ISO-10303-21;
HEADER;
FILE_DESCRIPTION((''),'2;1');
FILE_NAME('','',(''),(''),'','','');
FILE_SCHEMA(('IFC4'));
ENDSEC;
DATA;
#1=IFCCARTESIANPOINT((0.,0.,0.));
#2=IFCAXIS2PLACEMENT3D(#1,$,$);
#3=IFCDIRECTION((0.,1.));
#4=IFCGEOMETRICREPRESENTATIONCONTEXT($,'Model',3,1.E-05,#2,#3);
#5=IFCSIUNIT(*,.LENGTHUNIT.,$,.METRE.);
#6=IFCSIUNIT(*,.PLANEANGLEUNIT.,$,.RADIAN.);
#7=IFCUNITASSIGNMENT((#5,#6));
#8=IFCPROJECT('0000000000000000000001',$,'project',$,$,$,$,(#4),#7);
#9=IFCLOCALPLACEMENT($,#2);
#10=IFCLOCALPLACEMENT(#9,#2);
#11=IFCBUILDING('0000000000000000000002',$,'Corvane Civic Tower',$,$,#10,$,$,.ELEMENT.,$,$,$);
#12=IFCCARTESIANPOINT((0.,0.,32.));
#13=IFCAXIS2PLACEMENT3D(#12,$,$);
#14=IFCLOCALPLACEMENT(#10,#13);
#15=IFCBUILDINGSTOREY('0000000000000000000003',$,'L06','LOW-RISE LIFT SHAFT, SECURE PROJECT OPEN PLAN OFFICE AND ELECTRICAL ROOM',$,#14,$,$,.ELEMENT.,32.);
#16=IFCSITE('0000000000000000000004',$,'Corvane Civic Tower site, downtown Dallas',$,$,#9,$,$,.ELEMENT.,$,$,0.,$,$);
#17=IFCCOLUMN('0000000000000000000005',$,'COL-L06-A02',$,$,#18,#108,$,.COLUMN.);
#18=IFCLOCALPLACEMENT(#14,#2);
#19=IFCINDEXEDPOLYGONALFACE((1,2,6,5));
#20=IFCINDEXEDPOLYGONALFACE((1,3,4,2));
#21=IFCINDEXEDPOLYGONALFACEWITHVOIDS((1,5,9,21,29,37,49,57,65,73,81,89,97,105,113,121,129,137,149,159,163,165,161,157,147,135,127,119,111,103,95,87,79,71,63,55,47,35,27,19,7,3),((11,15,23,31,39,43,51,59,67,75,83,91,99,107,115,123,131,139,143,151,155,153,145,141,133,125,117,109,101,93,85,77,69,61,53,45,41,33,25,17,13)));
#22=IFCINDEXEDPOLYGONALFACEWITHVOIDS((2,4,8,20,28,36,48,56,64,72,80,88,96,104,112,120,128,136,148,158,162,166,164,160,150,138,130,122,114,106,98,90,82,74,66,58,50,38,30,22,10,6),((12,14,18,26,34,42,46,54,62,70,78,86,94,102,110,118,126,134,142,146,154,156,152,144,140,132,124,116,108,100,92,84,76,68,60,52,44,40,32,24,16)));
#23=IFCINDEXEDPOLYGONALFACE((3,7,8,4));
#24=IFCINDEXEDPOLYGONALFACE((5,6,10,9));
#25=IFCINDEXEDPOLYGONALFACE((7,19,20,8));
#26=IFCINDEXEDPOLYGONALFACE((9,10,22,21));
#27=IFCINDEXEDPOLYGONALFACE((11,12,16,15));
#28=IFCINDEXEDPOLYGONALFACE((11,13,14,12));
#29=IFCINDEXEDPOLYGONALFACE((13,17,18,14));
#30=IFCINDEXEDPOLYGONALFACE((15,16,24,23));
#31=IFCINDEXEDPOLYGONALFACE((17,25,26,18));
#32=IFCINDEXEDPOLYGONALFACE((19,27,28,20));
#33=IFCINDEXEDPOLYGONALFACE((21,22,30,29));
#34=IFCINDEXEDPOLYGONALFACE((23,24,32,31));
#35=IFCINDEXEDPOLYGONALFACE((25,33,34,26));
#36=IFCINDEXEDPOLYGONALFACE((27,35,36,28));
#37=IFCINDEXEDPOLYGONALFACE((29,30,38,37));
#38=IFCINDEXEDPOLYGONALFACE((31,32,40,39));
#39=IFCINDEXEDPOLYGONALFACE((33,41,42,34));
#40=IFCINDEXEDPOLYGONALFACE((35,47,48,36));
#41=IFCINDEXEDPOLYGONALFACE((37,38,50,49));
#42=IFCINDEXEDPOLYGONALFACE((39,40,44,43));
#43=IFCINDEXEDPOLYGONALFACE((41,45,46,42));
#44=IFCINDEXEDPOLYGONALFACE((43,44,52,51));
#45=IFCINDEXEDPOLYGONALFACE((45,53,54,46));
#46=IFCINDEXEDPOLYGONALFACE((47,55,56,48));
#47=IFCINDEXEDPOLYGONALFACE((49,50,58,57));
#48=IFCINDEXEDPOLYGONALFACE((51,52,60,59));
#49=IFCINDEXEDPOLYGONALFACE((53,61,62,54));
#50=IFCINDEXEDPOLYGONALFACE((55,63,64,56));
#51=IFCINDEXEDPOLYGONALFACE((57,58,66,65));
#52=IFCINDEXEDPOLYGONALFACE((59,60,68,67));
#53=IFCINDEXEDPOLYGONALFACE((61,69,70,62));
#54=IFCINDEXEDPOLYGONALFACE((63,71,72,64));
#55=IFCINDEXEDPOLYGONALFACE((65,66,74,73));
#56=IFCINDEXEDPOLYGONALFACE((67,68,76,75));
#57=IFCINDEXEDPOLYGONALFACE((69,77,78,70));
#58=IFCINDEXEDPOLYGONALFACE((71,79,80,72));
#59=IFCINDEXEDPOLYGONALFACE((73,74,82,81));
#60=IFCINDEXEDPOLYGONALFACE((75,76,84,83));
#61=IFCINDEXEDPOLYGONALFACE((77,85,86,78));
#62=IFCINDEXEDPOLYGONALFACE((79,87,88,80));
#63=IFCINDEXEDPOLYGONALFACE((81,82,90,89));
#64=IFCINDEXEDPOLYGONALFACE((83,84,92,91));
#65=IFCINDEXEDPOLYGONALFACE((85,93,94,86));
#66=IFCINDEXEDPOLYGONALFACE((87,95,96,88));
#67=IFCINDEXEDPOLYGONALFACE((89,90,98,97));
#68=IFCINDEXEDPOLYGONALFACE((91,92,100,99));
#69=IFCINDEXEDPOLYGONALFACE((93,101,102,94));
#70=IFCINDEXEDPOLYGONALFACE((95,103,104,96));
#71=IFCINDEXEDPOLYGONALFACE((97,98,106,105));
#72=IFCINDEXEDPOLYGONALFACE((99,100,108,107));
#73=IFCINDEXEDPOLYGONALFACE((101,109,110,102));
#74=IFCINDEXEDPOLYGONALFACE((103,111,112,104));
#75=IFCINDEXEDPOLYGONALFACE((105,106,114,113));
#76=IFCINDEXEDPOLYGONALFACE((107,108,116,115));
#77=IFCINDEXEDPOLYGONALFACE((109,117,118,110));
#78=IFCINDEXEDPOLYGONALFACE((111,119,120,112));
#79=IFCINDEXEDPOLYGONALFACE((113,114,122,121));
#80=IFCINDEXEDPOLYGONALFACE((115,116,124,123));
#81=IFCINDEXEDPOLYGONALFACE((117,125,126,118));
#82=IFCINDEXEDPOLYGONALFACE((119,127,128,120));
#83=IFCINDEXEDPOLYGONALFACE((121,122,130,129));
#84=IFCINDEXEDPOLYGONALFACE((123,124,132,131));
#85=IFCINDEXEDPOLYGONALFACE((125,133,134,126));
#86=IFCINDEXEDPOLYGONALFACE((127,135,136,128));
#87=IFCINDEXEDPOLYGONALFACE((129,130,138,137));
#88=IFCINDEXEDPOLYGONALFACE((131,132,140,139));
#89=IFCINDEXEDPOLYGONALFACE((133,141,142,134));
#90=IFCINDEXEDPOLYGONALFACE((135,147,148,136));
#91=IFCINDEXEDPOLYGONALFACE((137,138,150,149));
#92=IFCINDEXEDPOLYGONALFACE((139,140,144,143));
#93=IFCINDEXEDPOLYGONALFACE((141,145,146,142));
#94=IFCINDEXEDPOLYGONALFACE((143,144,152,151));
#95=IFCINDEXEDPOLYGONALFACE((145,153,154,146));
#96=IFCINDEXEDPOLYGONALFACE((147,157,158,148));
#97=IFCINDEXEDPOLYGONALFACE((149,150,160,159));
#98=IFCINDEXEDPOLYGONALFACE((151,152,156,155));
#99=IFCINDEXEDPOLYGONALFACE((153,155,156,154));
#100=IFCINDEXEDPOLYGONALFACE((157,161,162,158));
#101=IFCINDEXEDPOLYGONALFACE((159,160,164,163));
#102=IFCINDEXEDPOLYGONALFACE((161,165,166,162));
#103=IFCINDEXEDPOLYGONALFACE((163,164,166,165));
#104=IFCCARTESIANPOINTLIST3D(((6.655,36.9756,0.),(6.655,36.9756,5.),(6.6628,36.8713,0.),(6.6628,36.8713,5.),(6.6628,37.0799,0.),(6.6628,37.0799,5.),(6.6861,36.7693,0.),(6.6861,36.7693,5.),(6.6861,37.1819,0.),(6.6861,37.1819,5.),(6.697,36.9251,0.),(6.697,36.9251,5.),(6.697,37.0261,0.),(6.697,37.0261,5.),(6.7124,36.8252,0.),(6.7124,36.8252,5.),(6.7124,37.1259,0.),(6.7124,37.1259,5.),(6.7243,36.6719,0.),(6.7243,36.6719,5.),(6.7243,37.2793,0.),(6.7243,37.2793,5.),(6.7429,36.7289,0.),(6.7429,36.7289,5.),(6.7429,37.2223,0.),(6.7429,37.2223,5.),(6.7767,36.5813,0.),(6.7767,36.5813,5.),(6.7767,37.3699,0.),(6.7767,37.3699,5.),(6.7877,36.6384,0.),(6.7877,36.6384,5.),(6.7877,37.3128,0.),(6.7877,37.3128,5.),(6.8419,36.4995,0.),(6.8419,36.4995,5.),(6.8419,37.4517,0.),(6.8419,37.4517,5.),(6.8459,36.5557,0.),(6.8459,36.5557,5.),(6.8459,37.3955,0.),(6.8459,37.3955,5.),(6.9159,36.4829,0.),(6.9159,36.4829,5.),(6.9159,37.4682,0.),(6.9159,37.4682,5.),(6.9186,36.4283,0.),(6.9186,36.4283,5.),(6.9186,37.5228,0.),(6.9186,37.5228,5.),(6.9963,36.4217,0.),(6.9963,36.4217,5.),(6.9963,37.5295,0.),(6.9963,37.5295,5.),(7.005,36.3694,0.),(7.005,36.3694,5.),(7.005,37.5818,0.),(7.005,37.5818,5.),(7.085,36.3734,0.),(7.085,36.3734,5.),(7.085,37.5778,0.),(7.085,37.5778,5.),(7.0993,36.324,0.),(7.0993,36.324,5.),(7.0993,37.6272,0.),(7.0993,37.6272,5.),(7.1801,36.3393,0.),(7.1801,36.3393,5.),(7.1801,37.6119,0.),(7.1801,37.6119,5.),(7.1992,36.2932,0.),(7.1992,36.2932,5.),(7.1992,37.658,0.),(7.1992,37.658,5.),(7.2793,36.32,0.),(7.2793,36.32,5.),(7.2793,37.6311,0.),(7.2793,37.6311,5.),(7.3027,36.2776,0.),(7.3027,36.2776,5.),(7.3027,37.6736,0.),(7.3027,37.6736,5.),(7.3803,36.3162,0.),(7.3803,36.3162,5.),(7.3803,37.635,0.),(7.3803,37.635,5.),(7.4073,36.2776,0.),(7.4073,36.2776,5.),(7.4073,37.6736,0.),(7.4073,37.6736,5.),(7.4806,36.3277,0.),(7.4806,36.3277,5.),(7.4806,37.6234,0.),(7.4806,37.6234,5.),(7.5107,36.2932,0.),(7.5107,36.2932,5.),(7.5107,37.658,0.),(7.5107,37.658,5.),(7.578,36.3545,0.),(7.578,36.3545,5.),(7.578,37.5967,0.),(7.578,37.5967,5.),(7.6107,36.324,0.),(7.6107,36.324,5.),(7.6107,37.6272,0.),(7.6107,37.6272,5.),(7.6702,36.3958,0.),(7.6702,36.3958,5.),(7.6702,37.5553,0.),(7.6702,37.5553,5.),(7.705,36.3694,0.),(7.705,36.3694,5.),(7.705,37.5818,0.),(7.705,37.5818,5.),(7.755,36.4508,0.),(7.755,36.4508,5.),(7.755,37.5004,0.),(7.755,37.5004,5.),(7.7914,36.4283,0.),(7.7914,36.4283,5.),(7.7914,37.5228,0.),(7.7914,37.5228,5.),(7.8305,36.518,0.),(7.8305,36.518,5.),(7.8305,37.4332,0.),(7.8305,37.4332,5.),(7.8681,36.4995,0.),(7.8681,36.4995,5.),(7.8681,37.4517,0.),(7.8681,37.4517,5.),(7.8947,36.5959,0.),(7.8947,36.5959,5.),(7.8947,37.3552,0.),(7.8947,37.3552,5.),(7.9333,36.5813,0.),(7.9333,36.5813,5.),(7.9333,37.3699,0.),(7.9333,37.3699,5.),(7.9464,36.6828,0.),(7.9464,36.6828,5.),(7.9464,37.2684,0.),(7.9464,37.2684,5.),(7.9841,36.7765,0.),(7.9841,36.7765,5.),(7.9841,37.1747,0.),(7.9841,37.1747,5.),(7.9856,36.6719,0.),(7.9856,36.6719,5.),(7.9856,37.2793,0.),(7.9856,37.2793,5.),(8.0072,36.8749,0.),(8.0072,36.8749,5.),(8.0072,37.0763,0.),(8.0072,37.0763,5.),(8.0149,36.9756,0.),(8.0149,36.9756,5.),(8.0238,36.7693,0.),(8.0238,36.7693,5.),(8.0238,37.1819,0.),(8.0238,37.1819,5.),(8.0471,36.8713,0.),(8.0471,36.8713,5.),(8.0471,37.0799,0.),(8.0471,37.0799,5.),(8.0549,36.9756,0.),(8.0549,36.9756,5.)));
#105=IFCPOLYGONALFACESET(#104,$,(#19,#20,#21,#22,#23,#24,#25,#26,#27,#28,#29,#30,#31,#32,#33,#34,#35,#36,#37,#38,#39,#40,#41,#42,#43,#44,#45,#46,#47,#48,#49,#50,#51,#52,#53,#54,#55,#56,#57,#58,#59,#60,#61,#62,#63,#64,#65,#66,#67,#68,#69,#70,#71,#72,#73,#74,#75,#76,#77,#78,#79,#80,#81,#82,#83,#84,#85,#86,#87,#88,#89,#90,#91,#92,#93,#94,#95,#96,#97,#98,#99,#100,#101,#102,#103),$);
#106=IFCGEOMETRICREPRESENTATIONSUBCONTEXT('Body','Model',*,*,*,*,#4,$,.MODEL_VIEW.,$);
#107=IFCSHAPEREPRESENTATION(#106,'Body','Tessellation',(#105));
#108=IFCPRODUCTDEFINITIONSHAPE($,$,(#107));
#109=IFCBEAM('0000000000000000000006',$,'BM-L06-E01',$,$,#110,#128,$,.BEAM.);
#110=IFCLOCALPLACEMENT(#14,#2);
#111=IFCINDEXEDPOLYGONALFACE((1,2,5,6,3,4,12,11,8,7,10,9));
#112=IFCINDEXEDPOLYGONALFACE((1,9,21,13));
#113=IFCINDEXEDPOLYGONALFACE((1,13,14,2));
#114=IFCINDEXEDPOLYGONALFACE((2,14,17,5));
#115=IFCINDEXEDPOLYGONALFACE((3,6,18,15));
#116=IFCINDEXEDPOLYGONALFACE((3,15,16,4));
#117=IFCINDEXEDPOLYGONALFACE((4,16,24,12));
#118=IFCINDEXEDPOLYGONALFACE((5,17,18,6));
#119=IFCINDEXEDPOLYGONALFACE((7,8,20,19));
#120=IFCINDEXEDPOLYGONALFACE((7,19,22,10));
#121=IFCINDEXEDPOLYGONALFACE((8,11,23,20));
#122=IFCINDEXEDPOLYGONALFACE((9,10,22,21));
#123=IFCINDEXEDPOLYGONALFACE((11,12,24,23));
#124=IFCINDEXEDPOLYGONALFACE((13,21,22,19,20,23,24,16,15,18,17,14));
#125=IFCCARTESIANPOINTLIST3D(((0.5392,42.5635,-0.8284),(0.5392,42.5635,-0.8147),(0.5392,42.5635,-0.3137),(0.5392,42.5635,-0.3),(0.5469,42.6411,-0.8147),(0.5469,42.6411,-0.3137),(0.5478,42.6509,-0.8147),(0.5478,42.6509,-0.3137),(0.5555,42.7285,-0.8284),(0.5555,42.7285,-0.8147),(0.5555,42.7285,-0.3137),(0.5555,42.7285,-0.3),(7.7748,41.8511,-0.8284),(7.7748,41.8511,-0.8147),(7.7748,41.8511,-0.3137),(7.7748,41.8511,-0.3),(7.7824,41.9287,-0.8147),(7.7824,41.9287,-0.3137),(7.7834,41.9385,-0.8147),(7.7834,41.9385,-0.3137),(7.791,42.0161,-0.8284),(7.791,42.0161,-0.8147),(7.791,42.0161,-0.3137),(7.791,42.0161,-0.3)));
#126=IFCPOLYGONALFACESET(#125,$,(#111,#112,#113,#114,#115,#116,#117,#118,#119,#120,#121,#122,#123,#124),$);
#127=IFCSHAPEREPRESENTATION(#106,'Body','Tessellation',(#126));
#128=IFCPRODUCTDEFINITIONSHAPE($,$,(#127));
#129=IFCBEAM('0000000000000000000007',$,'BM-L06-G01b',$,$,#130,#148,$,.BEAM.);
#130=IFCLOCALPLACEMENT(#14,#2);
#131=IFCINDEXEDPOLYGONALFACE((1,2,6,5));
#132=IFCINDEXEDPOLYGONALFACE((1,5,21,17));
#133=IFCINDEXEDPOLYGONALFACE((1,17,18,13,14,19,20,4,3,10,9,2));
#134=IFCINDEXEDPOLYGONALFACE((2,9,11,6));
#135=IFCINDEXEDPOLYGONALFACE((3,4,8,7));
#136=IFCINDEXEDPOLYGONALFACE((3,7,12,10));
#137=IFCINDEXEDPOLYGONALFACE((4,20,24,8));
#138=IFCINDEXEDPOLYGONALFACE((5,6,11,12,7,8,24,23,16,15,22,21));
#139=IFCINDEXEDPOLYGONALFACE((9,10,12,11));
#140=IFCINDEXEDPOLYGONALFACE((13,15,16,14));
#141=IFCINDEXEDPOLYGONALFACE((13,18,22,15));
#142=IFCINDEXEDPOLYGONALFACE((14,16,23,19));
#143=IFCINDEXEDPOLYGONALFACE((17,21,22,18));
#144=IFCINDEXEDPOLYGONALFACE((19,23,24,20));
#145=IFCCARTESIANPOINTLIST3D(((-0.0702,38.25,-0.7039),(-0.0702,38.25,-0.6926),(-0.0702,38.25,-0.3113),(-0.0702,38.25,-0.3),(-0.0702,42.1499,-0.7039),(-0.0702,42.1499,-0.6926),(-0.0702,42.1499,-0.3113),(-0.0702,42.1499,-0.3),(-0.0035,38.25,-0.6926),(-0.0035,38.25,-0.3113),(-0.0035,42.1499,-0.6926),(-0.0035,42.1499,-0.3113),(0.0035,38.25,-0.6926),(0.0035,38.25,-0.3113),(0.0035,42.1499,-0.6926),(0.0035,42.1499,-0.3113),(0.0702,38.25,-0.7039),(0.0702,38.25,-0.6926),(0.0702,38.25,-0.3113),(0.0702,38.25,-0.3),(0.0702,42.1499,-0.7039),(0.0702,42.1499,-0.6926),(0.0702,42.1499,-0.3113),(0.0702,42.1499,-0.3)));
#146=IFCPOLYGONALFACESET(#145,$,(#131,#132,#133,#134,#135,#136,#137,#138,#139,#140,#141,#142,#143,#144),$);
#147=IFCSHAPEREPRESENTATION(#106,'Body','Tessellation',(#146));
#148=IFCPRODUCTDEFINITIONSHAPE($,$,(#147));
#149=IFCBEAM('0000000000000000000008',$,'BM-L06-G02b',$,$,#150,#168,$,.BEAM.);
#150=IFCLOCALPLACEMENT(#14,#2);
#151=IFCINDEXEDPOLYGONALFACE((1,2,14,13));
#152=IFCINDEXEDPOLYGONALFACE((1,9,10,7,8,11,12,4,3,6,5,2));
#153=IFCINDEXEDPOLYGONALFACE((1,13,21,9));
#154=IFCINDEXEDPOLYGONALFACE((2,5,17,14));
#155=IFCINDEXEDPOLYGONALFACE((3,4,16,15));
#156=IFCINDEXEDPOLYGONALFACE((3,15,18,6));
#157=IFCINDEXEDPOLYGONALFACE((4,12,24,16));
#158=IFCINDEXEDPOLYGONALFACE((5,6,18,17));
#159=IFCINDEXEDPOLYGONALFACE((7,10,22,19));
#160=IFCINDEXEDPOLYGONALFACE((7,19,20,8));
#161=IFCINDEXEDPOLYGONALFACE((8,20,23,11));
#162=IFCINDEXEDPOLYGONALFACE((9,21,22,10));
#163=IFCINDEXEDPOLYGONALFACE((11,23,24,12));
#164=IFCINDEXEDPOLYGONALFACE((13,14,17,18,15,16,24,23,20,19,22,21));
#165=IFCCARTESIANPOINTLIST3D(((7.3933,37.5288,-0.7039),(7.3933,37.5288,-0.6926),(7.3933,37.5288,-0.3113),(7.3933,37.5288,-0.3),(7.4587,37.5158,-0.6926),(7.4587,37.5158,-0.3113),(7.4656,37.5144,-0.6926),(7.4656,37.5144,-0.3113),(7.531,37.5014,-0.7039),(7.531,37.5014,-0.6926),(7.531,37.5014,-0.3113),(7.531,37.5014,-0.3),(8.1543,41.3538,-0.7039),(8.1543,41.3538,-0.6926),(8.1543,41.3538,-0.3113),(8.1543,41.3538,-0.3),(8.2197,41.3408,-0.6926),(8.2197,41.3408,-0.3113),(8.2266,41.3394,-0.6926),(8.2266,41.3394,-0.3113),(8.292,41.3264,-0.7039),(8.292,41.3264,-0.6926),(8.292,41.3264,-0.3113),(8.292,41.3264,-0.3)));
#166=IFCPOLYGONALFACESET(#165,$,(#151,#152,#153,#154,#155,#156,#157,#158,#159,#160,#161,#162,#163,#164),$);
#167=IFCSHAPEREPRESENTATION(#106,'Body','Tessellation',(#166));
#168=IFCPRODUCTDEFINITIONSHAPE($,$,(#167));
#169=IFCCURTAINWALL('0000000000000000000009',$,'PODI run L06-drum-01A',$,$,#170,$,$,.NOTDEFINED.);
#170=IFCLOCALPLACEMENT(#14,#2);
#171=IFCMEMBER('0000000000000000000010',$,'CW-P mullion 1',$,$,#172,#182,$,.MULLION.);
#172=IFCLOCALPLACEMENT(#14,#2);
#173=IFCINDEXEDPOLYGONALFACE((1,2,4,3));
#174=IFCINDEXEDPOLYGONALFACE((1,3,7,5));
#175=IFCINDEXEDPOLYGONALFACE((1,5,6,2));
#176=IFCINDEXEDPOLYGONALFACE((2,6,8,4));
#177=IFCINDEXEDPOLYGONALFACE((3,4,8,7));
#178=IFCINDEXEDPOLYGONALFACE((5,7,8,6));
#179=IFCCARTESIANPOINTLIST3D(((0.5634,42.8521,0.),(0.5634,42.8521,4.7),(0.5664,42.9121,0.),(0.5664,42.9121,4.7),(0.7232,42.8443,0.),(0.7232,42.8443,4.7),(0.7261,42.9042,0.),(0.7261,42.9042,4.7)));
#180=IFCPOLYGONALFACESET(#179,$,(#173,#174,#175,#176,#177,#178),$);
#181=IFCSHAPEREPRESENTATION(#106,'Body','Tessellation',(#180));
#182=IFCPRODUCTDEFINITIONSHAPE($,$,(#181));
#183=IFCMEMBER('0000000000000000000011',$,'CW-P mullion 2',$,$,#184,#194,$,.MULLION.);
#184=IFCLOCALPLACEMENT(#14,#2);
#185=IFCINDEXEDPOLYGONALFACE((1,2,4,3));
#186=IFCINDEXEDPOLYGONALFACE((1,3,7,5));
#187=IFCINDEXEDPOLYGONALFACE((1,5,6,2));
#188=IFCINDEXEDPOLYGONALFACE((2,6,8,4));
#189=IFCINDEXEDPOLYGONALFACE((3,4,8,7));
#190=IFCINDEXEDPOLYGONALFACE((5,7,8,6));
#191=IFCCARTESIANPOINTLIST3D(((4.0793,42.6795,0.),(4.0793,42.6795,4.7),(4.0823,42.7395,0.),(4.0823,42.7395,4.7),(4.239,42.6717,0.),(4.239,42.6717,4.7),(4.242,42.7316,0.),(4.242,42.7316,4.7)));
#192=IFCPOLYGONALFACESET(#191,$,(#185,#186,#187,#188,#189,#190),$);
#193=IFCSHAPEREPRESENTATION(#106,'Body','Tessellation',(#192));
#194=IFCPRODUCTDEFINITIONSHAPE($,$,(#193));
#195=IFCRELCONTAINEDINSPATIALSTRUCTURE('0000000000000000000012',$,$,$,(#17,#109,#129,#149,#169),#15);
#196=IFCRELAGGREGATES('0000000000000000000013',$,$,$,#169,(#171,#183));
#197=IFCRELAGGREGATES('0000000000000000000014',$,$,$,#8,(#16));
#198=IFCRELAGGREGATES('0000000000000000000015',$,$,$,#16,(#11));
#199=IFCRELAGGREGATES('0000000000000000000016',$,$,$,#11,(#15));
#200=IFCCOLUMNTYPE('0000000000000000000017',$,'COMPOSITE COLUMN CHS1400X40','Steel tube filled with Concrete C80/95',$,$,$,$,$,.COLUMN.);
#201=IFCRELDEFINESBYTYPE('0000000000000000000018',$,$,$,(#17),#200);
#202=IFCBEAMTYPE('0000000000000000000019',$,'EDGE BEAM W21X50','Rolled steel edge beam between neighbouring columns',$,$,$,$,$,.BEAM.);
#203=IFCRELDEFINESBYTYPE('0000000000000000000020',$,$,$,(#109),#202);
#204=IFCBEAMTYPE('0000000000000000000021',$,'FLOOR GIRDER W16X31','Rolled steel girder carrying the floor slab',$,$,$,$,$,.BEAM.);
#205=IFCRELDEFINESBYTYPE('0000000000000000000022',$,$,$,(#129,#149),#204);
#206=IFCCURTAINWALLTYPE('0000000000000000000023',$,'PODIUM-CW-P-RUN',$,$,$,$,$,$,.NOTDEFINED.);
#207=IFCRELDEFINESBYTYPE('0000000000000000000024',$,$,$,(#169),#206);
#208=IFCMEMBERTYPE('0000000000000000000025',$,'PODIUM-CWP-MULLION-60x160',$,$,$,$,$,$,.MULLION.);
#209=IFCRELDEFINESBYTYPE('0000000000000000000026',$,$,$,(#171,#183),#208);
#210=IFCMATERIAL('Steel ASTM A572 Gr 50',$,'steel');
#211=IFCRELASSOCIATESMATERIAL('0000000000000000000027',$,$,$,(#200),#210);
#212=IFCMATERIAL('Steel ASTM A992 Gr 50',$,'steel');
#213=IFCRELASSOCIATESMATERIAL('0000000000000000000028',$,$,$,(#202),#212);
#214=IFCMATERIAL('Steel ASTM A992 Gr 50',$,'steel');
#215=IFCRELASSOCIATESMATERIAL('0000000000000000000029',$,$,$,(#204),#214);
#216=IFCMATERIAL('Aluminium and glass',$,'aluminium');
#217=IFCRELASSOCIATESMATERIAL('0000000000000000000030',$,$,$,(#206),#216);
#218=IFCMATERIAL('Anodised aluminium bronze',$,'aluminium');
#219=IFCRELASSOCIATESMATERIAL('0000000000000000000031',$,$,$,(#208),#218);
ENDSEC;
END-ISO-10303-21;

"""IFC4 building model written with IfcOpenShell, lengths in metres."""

from ifc_helpers import new_model, si_unit, direction, frame, origin, origin_2d, place, context, subcontext, project, spatial, rectangle, hollow_circle, i_section, extrude, material, material_profile, profile_set, type_object, element, aggregate, save


model = new_model("IFC4")

# Units and contexts
model_context = context("Model", 3, precision=1e-05, world=origin(), true_north=direction((0.0, 1.0)))
body_context = subcontext(model_context, "Body", "Model", "MODEL_VIEW")
ifc_project = project(units=[si_unit("LENGTHUNIT", "METRE"), si_unit("PLANEANGLEUNIT", "RADIAN")], contexts=[model_context])

# Site, building, storey
site_placement = place(None, origin())
site = spatial("IfcSite", under=ifc_project, at=site_placement, Name="Corvane Civic Tower site, downtown Dallas", CompositionType="ELEMENT", RefElevation=0.0)
building_placement = place(site_placement, origin())
building = spatial("IfcBuilding", under=site, at=building_placement, Name="Corvane Civic Tower", CompositionType="ELEMENT")
storey_placement = place(building_placement, frame((0.0, 0.0, 32.0)))
storey = spatial("IfcBuildingStorey", under=building, at=storey_placement, Name="L06", Description="LOW-RISE LIFT SHAFT, SECURE PROJECT OPEN PLAN OFFICE AND ELECTRICAL ROOM", CompositionType="ELEMENT", Elevation=32.0)

# Column
ifc_material_1 = material(Name="Steel ASTM A572 Gr 50", Category="steel")
ifc_material_profile_1 = material_profile(ifc_material_1, hollow_circle(Radius=0.7, WallThickness=0.04, at=origin_2d()), Name="CHS1400X40")
ifc_profile_set_1 = profile_set([ifc_material_profile_1], Name="Steel ASTM A572 Gr 50")
column_type_1 = type_object("IfcColumnType", Name="COMPOSITE COLUMN CHS1400X40", Description="Steel tube filled with Concrete C80/95", PredefinedType="COLUMN", material=ifc_profile_set_1)
for number, where, z_axis, x_axis, name in (
    (1, (7.355, 36.9756, 0.0), (0.0, 0.0, 1.0), (1.0, 0.0, 0.0), "COL-L06-A02"),
):
    element("IfcColumn", number, at=place(storey_placement, frame(where, z_axis=z_axis, x_axis=x_axis)), inside=storey, type_object=column_type_1, Name=name, PredefinedType="COLUMN", context=body_context, shape_type="SweptSolid", body=[
        extrude(hollow_circle(Radius=0.7, WallThickness=0.04, at=origin_2d()), origin(), (0.0, 0.0, 1.0), 5.0),
    ])

# Beams
ifc_material_2 = material(Name="Steel ASTM A992 Gr 50", Category="steel")
ifc_material_profile_2 = material_profile(ifc_material_2, i_section(OverallWidth=0.1658, OverallDepth=0.5283, WebThickness=0.0098, FlangeThickness=0.0137, at=origin_2d()), Name="W21X50")
ifc_profile_set_2 = profile_set([ifc_material_profile_2], Name="Steel ASTM A992 Gr 50")
beam_type_1 = type_object("IfcBeamType", Name="EDGE BEAM W21X50", Description="Rolled steel edge beam between neighbouring columns", PredefinedType="BEAM", material=ifc_profile_set_2)
beam_placement = place(storey_placement, frame((0.5474, 42.646, -0.5642), z_axis=(0.995188, -0.097984, 0.0), x_axis=(0.097984, 0.995188, 0.0)))
element("IfcBeam", 2, at=beam_placement, inside=storey, type_object=beam_type_1, Name="BM-L06-E01", PredefinedType="BEAM", context=body_context, shape_type="SweptSolid", body=[
    extrude(i_section(OverallWidth=0.1658, OverallDepth=0.5283, WebThickness=0.0098, FlangeThickness=0.0137, at=origin_2d()), origin(), (0.0, 0.0, 1.0), 7.2705),
])
ifc_material_3 = material(Name="Steel ASTM A992 Gr 50", Category="steel")
ifc_material_profile_3 = material_profile(ifc_material_3, i_section(OverallWidth=0.1404, OverallDepth=0.4038, WebThickness=0.0071, FlangeThickness=0.0112, at=origin_2d()), Name="W16X31")
ifc_profile_set_3 = profile_set([ifc_material_profile_3], Name="Steel ASTM A992 Gr 50")
beam_type_2 = type_object("IfcBeamType", Name="FLOOR GIRDER W16X31", Description="Rolled steel girder carrying the floor slab", PredefinedType="BEAM", material=ifc_profile_set_3)
for number, where, z_axis, x_axis, name in (
    (3, (0.0, 38.25, -0.502), (0.0, 1.0, 0.0), (-1.0, 0.0, 0.0), "BM-L06-G01b"),
    (4, (7.4622, 37.5151, -0.502), (0.195129, 0.980778, 0.0), (-0.980778, 0.195129, 0.0), "BM-L06-G02b"),
):
    element("IfcBeam", number, at=place(storey_placement, frame(where, z_axis=z_axis, x_axis=x_axis)), inside=storey, type_object=beam_type_2, Name=name, PredefinedType="BEAM", context=body_context, shape_type="SweptSolid", body=[
        extrude(i_section(OverallWidth=0.1404, OverallDepth=0.4038, WebThickness=0.0071, FlangeThickness=0.0112, at=origin_2d()), origin(), (0.0, 0.0, 1.0), 3.8999),
    ])

# Curtain wall, members
ifc_material_4 = material(Name="Aluminium and glass", Category="aluminium")
curtain_wall_type = type_object("IfcCurtainWallType", Name="PODIUM-CW-P-RUN", PredefinedType="NOTDEFINED", material=ifc_material_4)
curtain_wall_1_placement = place(storey_placement, origin())
curtain_wall_1 = element("IfcCurtainWall", 5, at=curtain_wall_1_placement, inside=storey, type_object=curtain_wall_type, Name="PODI run L06-drum-01A", PredefinedType="NOTDEFINED")
ifc_material_5 = material(Name="Anodised aluminium bronze", Category="aluminium")
ifc_material_profile_4 = material_profile(ifc_material_5, rectangle(XDim=0.0601, YDim=0.1599, at=origin_2d()), Name="AL 60x160")
ifc_profile_set_4 = profile_set([ifc_material_profile_4], Name="Anodised aluminium bronze")
member_type_1 = type_object("IfcMemberType", Name="PODIUM-CWP-MULLION-60x160", PredefinedType="MULLION", material=ifc_profile_set_4)
member_1_placement = place(storey_placement, frame((0.6448, 42.8782, 0.0), z_axis=(0.0, 0.0, 1.0), x_axis=(0.04905, 0.998796, 0.0)))
member_1 = element("IfcMember", 6, at=member_1_placement, type_object=member_type_1, Name="CW-P mullion 1", PredefinedType="MULLION", context=body_context, shape_type="SweptSolid", body=[
    extrude(rectangle(XDim=0.0601, YDim=0.1599, at=origin_2d()), origin(), (0.0, 0.0, 1.0), 4.7),
])
member_2_placement = place(storey_placement, frame((4.1606, 42.7056, 0.0), z_axis=(0.0, 0.0, 1.0), x_axis=(0.04905, 0.998796, 0.0)))
member_2 = element("IfcMember", 7, at=member_2_placement, type_object=member_type_1, Name="CW-P mullion 2", PredefinedType="MULLION", context=body_context, shape_type="SweptSolid", body=[
    extrude(rectangle(XDim=0.0601, YDim=0.1599, at=origin_2d()), origin(), (0.0, 0.0, 1.0), 4.7),
])

aggregate(curtain_wall_1, [member_1, member_2])

save(model, "model.ifc")
